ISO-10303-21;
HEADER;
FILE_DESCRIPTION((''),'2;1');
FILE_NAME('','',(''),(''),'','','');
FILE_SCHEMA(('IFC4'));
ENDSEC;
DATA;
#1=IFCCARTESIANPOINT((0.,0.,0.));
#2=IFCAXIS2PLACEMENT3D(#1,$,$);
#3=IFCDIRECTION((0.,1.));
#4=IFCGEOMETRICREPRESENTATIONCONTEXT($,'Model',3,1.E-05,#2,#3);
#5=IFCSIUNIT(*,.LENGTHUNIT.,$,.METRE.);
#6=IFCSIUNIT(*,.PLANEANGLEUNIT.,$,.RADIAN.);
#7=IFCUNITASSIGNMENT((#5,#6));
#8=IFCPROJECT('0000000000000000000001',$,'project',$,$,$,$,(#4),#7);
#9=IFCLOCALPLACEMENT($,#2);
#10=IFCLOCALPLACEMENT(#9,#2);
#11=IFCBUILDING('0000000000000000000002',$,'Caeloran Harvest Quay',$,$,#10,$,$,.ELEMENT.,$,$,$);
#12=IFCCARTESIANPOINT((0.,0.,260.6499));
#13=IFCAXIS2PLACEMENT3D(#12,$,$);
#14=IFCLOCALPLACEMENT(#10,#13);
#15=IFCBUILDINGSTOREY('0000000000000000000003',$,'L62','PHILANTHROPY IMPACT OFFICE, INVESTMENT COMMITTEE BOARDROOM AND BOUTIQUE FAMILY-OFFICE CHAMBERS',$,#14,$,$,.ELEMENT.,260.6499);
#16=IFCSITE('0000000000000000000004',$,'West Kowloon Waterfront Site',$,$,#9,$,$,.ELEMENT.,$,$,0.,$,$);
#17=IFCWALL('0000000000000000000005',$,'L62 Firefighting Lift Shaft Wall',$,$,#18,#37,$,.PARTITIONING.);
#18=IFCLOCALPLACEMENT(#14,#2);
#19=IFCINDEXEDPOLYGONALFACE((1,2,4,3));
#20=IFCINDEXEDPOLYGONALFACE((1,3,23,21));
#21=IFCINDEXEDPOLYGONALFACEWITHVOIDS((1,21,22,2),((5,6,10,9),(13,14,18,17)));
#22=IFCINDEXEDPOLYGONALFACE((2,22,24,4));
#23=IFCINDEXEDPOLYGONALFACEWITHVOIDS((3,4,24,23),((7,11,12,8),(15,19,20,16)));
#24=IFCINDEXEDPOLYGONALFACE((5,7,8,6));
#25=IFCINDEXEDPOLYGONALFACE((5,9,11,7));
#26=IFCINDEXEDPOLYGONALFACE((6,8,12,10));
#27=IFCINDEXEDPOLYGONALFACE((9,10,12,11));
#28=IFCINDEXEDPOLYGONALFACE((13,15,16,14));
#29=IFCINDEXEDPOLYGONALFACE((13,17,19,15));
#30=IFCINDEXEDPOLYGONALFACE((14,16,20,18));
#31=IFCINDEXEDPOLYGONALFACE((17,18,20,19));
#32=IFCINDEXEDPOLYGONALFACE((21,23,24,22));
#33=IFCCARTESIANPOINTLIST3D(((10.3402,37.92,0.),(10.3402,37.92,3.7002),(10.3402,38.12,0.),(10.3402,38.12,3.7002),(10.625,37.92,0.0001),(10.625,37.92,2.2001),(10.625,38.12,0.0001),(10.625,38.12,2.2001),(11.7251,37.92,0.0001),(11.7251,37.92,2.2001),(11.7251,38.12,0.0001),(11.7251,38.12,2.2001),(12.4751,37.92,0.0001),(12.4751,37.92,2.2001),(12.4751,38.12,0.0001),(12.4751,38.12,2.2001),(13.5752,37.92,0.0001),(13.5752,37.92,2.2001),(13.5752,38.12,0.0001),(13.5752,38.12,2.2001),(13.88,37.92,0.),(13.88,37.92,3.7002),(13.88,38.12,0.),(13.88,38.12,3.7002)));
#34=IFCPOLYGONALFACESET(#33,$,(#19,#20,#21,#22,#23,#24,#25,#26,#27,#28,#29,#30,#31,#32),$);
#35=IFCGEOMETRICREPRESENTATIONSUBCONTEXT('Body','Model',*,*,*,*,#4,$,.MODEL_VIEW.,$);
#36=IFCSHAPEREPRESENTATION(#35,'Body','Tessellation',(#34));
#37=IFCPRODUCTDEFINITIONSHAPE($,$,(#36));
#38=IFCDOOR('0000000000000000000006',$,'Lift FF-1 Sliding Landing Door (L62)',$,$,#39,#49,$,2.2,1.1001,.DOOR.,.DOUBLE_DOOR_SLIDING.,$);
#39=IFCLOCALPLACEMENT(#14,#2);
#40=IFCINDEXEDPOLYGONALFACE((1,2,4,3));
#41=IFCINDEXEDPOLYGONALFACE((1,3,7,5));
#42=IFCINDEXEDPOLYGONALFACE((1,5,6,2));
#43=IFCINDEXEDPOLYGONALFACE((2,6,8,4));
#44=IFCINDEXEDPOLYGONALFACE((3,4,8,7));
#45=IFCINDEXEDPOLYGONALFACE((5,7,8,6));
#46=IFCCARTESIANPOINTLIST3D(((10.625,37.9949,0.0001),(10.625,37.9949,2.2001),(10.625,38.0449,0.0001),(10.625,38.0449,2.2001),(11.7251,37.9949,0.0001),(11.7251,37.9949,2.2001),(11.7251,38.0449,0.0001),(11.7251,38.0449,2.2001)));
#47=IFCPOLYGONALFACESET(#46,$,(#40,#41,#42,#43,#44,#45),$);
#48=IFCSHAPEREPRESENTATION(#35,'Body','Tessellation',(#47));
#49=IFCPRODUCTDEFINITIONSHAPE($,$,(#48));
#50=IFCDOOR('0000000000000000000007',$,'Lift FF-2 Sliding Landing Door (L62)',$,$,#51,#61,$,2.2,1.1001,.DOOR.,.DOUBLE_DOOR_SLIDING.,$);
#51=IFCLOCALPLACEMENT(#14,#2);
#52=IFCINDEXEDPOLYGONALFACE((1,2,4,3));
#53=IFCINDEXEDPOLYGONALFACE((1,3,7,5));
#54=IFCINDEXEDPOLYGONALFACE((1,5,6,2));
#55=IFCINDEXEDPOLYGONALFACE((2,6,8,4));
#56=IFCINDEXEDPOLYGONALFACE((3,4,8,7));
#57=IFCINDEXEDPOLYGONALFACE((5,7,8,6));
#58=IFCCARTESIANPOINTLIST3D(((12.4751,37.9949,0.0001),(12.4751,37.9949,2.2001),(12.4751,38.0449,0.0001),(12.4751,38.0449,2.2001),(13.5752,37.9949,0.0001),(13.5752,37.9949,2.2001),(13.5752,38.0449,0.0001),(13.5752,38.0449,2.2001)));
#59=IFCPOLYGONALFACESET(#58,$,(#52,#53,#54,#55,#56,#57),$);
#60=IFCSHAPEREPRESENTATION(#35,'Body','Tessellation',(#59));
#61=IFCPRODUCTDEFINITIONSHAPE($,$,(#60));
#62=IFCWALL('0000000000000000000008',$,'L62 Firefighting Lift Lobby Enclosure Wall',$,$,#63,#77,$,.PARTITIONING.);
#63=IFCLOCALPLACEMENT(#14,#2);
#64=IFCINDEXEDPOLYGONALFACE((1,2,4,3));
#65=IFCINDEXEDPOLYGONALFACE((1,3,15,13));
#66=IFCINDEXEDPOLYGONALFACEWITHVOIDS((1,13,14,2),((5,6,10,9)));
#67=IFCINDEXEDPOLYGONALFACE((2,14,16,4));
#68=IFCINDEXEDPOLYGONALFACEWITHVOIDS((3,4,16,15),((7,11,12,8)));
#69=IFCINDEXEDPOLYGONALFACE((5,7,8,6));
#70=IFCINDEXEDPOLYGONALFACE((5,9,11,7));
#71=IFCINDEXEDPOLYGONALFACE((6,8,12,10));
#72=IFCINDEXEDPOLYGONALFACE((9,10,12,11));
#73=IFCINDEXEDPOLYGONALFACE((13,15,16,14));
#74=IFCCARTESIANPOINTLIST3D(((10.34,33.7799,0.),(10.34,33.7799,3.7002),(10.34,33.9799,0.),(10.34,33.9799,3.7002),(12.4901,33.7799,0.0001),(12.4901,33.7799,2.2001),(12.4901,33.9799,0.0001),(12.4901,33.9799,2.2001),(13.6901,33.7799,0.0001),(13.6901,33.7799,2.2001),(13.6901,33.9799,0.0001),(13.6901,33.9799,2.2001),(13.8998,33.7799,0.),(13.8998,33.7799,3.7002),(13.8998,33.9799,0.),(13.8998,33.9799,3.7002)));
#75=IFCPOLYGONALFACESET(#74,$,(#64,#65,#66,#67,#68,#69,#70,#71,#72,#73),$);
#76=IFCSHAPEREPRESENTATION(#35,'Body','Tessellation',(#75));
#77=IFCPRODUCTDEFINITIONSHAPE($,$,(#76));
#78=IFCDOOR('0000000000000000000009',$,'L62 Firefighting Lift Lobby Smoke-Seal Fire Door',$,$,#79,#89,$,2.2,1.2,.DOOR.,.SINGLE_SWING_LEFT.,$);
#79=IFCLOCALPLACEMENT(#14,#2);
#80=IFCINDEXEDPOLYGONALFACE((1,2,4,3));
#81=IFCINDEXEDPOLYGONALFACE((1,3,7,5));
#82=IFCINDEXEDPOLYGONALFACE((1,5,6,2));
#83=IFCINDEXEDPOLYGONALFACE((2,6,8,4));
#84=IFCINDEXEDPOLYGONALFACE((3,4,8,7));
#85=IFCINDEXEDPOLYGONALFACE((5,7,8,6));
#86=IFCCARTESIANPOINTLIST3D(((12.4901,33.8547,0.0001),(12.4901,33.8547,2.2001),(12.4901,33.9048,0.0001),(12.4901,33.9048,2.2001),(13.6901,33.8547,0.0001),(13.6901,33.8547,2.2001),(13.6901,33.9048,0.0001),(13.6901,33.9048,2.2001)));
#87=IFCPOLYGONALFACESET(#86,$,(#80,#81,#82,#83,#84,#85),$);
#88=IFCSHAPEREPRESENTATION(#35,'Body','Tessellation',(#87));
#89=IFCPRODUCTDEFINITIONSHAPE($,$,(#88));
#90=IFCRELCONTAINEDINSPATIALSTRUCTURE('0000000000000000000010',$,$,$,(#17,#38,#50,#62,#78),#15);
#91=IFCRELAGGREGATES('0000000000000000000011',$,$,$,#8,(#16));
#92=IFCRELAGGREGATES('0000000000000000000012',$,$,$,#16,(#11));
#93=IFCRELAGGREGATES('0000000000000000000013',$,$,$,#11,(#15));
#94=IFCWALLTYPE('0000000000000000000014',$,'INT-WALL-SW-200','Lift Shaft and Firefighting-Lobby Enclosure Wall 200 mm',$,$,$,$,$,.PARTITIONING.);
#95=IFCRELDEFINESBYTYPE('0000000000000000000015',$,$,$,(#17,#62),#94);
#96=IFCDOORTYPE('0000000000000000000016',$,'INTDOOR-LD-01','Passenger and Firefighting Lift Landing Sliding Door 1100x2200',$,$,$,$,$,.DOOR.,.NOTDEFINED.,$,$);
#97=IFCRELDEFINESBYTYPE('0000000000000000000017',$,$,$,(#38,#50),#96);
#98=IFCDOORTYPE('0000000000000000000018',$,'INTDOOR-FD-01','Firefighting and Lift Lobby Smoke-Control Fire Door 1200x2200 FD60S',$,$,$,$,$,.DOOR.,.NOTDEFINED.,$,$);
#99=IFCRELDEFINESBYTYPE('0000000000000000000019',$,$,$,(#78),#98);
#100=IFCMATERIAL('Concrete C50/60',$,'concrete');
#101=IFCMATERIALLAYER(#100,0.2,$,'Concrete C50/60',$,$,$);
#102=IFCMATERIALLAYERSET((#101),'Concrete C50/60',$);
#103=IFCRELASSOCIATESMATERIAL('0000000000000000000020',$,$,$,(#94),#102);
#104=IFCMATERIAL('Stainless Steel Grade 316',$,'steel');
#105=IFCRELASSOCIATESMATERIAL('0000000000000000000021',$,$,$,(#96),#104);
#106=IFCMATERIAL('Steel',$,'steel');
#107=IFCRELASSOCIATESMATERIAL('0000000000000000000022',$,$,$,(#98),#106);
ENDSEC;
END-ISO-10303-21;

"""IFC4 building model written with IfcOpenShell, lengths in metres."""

from ifc_helpers import new_model, si_unit, direction, frame, frame_2d, origin, place, context, subcontext, project, spatial, rectangle, extrude, material, layer, layer_set, type_object, element, fill, save


model = new_model("IFC4")

# Units and contexts
model_context = context("Model", 3, precision=1e-05, world=origin(), true_north=direction((0.0, 1.0)))
body_context = subcontext(model_context, "Body", "Model", "MODEL_VIEW")
ifc_project = project(units=[si_unit("LENGTHUNIT", "METRE"), si_unit("PLANEANGLEUNIT", "RADIAN")], contexts=[model_context])

# Site, building, storey
site_placement = place(None, origin())
site = spatial("IfcSite", under=ifc_project, at=site_placement, Name="West Kowloon Waterfront Site", CompositionType="ELEMENT", RefElevation=0.0)
building_placement = place(site_placement, origin())
building = spatial("IfcBuilding", under=site, at=building_placement, Name="Caeloran Harvest Quay", CompositionType="ELEMENT")
storey_placement = place(building_placement, frame((0.0, 0.0, 260.6499)))
storey = spatial("IfcBuildingStorey", under=building, at=storey_placement, Name="L62", Description="PHILANTHROPY IMPACT OFFICE, INVESTMENT COMMITTEE BOARDROOM AND BOUTIQUE FAMILY-OFFICE CHAMBERS", CompositionType="ELEMENT", Elevation=260.6499)

# Shared definitions
ifc_material_1 = material(Name="Concrete C50/60", Category="concrete")
ifc_layer_1 = layer(ifc_material_1, 0.2, Name="Concrete C50/60")
ifc_layer_set_1 = layer_set([ifc_layer_1], Name="Concrete C50/60")
wall_type_1 = type_object("IfcWallType", Name="INT-WALL-SW-200", Description="Lift Shaft and Firefighting-Lobby Enclosure Wall 200 mm", PredefinedType="PARTITIONING", material=ifc_layer_set_1)
ifc_material_2 = material(Name="Stainless Steel Grade 316", Category="steel")
door_type_1 = type_object("IfcDoorType", Name="INTDOOR-LD-01", Description="Passenger and Firefighting Lift Landing Sliding Door 1100x2200", OperationType="NOTDEFINED", PredefinedType="DOOR", material=ifc_material_2)

# Wall, openings, doors
wall_1_placement = place(storey_placement, frame((10.3401, 38.02, 0.0), z_axis=(0.0, 0.0, 1.0), x_axis=(1.0, 0.0, 0.0)))
wall_1 = element("IfcWall", 1, at=wall_1_placement, inside=storey, type_object=wall_type_1, Name="L62 Firefighting Lift Shaft Wall", PredefinedType="PARTITIONING", context=body_context, shape_type="SweptSolid", body=[
    extrude(rectangle(XDim=3.5398, YDim=0.2, at=frame_2d((1.77, 0.0))), origin(), (0.0, 0.0, 1.0), 3.7002),
])
opening_1_placement = place(wall_1_placement, frame((0.2849, 0.0, 0.0)))
opening_1 = element("IfcOpeningElement", 2, at=opening_1_placement, cuts=wall_1, PredefinedType="OPENING", context=body_context, shape_type="SweptSolid", body=[
    extrude(rectangle(XDim=1.1001, YDim=2.2, at=frame_2d((0.55, 1.1001))), frame((0.0, 0.1099, 0.0), z_axis=(0.0, -1.0, 0.0), x_axis=(1.0, 0.0, 0.0)), (0.0, 0.0, 1.0), 0.22),
])
opening_2_placement = place(wall_1_placement, frame((2.135, 0.0, 0.0)))
opening_2 = element("IfcOpeningElement", 3, at=opening_2_placement, cuts=wall_1, PredefinedType="OPENING", context=body_context, shape_type="SweptSolid", body=[
    extrude(rectangle(XDim=1.1001, YDim=2.2, at=frame_2d((0.55, 1.1001))), frame((0.0, 0.1099, 0.0), z_axis=(0.0, -1.0, 0.0), x_axis=(1.0, 0.0, 0.0)), (0.0, 0.0, 1.0), 0.22),
])
door_1_placement = place(opening_1_placement, origin())
door_1 = element("IfcDoor", 4, at=door_1_placement, inside=storey, type_object=door_type_1, Name="Lift FF-1 Sliding Landing Door (L62)", OperationType="DOUBLE_DOOR_SLIDING", OverallHeight=2.2, OverallWidth=1.1001, PredefinedType="DOOR", context=body_context, shape_type="SweptSolid", body=[
    extrude(rectangle(XDim=1.1001, YDim=2.2, at=frame_2d((0.55, 1.1001))), frame((0.0, 0.0249, 0.0), z_axis=(0.0, -1.0, 0.0), x_axis=(1.0, 0.0, 0.0)), (0.0, 0.0, 1.0), 0.05),
])
fill(opening_1, door_1)
door_2_placement = place(opening_2_placement, origin())
door_2 = element("IfcDoor", 5, at=door_2_placement, inside=storey, type_object=door_type_1, Name="Lift FF-2 Sliding Landing Door (L62)", OperationType="DOUBLE_DOOR_SLIDING", OverallHeight=2.2, OverallWidth=1.1001, PredefinedType="DOOR", context=body_context, shape_type="SweptSolid", body=[
    extrude(rectangle(XDim=1.1001, YDim=2.2, at=frame_2d((0.55, 1.1001))), frame((0.0, 0.0249, 0.0), z_axis=(0.0, -1.0, 0.0), x_axis=(1.0, 0.0, 0.0)), (0.0, 0.0, 1.0), 0.05),
])
fill(opening_2, door_2)

# Wall, opening, door
wall_2_placement = place(storey_placement, frame((10.3401, 33.8799, 0.0), z_axis=(0.0, 0.0, 1.0), x_axis=(1.0, 0.0, 0.0)))
wall_2 = element("IfcWall", 6, at=wall_2_placement, inside=storey, type_object=wall_type_1, Name="L62 Firefighting Lift Lobby Enclosure Wall", PredefinedType="PARTITIONING", context=body_context, shape_type="SweptSolid", body=[
    extrude(rectangle(XDim=3.5598, YDim=0.2, at=frame_2d((1.7798, 0.0))), origin(), (0.0, 0.0, 1.0), 3.7002),
])
opening_3_placement = place(wall_2_placement, frame((2.1499, 0.0, 0.0)))
opening_3 = element("IfcOpeningElement", 7, at=opening_3_placement, cuts=wall_2, PredefinedType="OPENING", context=body_context, shape_type="SweptSolid", body=[
    extrude(rectangle(XDim=1.2, YDim=2.2, at=frame_2d((0.6001, 1.1001))), frame((0.0, 0.1099, 0.0), z_axis=(0.0, -1.0, 0.0), x_axis=(1.0, 0.0, 0.0)), (0.0, 0.0, 1.0), 0.22),
])
ifc_material_3 = material(Name="Steel", Category="steel")
door_type_2 = type_object("IfcDoorType", Name="INTDOOR-FD-01", Description="Firefighting and Lift Lobby Smoke-Control Fire Door 1200x2200 FD60S", OperationType="NOTDEFINED", PredefinedType="DOOR", material=ifc_material_3)
door_3_placement = place(opening_3_placement, origin())
door_3 = element("IfcDoor", 8, at=door_3_placement, inside=storey, type_object=door_type_2, Name="L62 Firefighting Lift Lobby Smoke-Seal Fire Door", OperationType="SINGLE_SWING_LEFT", OverallHeight=2.2, OverallWidth=1.2, PredefinedType="DOOR", context=body_context, shape_type="SweptSolid", body=[
    extrude(rectangle(XDim=1.2, YDim=2.2, at=frame_2d((0.6001, 1.1001))), frame((0.0, 0.0249, 0.0), z_axis=(0.0, -1.0, 0.0), x_axis=(1.0, 0.0, 0.0)), (0.0, 0.0, 1.0), 0.05),
])
fill(opening_3, door_3)

save(model, "model.ifc")
